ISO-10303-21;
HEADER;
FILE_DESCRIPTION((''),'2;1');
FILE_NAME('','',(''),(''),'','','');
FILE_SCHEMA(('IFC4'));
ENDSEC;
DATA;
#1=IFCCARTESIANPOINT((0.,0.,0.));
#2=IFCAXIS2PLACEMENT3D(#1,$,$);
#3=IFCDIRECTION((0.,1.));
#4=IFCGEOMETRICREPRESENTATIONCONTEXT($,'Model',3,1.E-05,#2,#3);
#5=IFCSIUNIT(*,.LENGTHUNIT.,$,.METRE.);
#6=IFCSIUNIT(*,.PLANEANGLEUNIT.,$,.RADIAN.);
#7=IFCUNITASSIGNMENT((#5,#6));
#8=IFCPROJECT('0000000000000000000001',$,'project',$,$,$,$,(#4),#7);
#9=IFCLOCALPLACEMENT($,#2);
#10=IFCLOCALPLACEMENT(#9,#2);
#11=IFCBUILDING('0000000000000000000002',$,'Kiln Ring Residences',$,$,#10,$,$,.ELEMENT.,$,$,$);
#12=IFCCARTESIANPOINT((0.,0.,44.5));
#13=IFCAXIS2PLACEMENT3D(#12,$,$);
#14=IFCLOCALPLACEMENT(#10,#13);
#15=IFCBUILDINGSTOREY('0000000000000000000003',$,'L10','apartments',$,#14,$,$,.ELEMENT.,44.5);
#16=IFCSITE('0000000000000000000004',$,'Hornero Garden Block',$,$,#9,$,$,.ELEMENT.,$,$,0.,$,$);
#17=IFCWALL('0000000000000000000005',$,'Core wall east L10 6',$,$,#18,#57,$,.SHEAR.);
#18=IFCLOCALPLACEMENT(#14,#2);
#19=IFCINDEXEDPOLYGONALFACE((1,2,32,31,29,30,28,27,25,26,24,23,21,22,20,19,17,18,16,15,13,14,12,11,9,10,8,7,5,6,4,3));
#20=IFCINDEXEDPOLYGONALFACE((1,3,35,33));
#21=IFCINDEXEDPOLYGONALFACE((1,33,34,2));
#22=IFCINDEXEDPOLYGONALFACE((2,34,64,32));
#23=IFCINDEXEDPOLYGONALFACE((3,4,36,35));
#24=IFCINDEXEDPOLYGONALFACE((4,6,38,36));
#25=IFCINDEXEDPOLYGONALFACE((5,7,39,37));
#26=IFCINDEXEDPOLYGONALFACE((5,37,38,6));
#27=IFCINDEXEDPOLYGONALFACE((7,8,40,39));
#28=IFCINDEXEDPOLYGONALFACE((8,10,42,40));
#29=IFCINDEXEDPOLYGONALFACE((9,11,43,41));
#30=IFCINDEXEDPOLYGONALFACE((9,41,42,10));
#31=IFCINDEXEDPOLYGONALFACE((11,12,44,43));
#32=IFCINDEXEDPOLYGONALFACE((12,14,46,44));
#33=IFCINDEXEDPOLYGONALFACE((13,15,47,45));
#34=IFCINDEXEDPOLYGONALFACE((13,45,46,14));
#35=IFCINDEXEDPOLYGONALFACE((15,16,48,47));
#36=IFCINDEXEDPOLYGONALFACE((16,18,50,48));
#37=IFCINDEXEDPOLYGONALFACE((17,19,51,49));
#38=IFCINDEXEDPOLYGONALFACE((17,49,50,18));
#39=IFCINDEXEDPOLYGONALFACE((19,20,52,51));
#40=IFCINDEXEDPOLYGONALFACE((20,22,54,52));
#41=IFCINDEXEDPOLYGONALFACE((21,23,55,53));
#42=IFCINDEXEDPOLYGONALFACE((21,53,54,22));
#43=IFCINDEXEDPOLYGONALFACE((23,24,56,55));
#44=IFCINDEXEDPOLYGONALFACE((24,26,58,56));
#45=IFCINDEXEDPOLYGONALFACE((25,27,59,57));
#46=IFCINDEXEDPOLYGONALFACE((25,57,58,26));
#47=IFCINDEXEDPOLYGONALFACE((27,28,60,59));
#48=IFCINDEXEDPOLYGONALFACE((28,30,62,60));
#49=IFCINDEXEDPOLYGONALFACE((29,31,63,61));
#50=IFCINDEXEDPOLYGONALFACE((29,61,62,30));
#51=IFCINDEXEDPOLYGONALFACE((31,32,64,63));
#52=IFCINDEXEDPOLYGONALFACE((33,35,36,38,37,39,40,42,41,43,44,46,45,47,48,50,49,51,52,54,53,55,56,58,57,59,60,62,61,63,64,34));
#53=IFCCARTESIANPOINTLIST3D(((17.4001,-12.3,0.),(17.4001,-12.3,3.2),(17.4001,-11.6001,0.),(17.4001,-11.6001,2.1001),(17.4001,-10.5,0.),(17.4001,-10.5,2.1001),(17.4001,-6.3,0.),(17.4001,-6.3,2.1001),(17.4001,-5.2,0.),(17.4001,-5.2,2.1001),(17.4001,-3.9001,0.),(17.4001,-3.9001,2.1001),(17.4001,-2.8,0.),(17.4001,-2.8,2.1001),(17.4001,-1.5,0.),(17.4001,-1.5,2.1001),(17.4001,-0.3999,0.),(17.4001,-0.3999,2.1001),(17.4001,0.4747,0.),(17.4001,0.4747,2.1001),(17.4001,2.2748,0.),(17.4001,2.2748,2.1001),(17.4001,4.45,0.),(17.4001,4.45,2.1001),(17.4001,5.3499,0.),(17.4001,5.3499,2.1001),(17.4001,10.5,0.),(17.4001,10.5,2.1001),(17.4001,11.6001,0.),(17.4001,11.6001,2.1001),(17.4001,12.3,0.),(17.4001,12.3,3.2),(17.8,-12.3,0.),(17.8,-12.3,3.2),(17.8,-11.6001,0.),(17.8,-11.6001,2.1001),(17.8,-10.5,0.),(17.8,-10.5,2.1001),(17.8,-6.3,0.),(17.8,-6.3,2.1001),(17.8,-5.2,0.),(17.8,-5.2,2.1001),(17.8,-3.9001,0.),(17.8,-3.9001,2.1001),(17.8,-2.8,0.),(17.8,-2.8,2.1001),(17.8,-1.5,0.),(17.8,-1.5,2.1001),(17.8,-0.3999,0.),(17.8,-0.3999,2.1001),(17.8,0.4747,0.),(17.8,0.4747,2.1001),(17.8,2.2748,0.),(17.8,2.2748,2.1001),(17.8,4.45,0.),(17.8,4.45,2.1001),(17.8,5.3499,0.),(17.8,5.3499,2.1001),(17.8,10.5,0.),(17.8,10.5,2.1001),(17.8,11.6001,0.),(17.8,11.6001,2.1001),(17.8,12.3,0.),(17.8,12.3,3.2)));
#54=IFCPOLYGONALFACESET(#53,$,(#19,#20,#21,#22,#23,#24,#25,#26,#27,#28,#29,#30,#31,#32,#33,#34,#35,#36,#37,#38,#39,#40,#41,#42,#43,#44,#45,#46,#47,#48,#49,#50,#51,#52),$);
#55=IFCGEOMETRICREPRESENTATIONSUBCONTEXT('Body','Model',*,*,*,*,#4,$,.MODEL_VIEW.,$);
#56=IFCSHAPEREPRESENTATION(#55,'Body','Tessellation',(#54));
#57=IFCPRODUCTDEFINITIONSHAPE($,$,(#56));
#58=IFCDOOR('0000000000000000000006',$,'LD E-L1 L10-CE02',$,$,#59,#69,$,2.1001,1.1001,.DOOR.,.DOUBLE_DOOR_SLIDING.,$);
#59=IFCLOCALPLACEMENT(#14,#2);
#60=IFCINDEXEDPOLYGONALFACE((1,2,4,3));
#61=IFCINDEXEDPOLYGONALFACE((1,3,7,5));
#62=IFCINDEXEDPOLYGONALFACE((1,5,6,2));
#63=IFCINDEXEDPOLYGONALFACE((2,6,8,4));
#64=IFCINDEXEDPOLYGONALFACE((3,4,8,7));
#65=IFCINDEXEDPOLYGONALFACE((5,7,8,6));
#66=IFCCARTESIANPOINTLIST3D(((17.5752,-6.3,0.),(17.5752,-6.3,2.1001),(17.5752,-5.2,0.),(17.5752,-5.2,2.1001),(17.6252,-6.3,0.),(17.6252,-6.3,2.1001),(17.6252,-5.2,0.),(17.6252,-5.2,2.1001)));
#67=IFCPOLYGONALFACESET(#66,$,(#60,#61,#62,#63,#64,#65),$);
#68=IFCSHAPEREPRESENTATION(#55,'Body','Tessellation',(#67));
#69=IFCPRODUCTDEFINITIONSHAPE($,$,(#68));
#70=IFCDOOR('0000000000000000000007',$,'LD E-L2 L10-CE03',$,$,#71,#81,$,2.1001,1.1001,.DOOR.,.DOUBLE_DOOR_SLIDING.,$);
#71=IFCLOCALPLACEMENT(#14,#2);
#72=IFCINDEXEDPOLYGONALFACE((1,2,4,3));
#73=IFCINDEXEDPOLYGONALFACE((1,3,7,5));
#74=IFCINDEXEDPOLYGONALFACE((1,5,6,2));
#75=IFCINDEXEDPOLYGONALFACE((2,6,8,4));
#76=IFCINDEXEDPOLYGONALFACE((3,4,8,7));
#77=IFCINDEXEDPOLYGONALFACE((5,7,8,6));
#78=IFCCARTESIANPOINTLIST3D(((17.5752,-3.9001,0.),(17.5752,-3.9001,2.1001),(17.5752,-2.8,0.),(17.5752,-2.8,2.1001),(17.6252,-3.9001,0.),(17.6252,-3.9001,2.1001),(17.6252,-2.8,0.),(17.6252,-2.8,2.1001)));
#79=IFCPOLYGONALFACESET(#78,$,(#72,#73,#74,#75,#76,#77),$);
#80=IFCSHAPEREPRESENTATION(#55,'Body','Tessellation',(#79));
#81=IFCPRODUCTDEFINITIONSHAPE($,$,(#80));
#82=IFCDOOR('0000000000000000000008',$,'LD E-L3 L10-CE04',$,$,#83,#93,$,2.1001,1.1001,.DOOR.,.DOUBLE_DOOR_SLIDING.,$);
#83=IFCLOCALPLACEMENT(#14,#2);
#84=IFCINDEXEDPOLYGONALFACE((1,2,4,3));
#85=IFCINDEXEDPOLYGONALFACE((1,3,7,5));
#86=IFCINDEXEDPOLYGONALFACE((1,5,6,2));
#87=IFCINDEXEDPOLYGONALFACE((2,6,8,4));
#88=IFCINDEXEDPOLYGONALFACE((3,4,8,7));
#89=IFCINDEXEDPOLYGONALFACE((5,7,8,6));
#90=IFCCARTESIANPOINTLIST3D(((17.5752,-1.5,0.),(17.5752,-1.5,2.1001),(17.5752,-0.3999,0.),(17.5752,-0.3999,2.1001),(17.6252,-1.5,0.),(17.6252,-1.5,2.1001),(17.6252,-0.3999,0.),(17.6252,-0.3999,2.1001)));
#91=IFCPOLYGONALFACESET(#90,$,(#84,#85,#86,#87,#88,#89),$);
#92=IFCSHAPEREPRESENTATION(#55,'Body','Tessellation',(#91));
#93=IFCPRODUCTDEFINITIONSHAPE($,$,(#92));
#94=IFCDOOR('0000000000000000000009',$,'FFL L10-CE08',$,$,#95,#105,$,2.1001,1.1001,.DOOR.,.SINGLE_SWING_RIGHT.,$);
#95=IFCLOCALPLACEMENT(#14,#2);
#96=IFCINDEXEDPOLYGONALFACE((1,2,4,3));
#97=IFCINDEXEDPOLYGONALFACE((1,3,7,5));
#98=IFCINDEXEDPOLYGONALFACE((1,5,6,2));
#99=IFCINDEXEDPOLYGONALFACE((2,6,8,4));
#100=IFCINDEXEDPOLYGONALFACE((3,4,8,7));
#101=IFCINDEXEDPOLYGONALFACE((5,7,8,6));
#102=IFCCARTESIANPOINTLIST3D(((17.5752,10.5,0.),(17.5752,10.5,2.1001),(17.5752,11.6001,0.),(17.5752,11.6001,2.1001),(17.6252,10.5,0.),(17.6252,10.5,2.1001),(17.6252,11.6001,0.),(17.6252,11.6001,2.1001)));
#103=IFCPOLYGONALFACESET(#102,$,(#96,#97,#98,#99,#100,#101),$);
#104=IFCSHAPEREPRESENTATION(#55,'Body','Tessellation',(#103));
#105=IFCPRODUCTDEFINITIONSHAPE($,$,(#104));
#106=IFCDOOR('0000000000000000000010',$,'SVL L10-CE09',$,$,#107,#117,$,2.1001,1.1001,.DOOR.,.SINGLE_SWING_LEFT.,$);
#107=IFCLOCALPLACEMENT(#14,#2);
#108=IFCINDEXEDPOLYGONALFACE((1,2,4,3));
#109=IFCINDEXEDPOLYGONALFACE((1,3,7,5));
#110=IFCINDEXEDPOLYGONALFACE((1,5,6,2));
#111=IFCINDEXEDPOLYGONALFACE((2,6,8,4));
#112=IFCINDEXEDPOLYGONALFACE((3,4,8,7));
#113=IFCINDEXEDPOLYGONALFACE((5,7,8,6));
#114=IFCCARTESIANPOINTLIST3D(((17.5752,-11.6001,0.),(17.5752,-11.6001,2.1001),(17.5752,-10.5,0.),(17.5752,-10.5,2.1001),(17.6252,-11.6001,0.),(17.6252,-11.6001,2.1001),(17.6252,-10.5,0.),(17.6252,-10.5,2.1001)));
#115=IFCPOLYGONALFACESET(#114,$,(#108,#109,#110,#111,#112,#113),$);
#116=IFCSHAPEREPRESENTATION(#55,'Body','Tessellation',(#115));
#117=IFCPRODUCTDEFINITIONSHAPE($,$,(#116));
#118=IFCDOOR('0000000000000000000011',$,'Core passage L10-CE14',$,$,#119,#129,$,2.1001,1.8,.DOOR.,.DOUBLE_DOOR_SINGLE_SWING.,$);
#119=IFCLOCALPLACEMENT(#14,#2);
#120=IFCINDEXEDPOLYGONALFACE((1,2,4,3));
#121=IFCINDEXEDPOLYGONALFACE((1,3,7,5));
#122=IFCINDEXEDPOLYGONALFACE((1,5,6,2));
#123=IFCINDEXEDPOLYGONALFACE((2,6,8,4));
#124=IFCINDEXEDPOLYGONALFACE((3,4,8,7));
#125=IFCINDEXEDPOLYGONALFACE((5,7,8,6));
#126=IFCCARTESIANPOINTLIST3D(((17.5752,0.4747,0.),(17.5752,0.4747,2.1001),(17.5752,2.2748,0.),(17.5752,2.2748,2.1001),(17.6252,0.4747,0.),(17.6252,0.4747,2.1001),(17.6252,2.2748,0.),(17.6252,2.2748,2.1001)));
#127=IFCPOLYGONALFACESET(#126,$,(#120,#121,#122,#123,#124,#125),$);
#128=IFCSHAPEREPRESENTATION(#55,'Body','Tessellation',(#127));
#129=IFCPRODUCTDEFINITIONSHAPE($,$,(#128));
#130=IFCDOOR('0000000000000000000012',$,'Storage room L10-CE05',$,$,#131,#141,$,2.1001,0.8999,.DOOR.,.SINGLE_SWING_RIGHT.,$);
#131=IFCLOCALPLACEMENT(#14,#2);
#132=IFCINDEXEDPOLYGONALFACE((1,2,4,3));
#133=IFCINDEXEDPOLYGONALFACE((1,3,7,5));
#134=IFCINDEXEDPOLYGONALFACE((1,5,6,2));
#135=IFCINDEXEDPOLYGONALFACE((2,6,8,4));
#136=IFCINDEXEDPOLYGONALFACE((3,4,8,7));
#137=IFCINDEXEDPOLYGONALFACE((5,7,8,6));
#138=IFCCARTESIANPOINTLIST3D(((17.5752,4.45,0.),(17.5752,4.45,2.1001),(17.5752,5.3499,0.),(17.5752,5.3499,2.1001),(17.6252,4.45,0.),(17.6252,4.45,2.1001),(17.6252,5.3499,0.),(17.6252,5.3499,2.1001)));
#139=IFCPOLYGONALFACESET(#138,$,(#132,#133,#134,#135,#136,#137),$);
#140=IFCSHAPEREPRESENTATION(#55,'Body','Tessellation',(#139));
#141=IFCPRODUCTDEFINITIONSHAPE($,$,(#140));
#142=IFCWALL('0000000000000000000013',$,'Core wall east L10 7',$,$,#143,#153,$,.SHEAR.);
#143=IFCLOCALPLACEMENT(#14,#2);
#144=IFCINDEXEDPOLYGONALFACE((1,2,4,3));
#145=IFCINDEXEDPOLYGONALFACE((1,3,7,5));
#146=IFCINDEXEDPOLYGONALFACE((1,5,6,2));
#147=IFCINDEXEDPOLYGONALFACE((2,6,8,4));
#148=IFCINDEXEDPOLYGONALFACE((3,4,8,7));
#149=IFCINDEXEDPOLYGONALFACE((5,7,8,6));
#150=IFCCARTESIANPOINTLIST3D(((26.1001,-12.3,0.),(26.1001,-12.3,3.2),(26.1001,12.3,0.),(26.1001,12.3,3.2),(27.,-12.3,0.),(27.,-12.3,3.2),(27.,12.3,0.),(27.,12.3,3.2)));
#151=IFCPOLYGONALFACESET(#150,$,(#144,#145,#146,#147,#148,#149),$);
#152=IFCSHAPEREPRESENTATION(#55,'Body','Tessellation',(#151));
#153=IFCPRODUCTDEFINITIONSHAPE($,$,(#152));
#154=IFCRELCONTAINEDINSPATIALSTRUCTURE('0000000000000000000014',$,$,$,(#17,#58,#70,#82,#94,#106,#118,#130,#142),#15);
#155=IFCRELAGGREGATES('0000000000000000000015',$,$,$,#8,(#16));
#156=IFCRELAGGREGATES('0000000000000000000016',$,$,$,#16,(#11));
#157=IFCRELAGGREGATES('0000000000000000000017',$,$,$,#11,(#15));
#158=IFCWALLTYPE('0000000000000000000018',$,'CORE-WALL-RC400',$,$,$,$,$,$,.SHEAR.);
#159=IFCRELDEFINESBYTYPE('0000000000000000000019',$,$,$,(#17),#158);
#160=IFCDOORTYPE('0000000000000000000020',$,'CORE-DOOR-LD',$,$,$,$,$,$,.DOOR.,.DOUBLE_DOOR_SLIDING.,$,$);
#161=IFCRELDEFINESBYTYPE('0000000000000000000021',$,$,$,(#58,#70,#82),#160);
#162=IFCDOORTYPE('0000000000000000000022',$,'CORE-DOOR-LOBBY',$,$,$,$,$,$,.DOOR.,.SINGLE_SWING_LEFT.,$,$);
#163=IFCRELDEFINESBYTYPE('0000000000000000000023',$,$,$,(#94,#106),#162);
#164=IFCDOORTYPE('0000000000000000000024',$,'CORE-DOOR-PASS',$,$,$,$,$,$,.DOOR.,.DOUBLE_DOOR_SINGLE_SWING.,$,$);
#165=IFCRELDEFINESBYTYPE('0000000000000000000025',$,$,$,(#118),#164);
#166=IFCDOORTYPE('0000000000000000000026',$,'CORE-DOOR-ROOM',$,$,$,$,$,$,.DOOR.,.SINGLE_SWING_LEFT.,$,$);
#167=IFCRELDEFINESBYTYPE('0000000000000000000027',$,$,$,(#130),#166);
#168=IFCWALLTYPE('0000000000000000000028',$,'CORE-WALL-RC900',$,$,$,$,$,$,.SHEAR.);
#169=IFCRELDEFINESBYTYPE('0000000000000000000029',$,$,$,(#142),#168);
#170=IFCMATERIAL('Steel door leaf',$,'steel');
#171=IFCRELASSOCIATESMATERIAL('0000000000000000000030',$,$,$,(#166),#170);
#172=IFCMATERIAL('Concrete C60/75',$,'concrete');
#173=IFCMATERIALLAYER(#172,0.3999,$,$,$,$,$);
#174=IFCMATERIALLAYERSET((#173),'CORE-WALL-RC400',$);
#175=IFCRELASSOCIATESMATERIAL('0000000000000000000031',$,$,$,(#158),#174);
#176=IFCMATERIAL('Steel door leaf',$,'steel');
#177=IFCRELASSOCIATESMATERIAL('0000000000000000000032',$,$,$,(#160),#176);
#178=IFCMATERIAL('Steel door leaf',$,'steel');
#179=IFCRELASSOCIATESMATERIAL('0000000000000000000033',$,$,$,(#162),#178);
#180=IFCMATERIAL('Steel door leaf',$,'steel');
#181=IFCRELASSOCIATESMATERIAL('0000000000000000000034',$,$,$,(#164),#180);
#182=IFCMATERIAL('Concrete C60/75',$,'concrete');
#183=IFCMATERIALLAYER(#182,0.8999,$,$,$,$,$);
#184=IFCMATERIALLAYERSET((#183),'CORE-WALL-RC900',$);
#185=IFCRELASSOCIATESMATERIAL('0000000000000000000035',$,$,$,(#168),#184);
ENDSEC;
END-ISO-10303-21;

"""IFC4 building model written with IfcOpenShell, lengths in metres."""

from ifc_helpers import new_model, si_unit, direction, frame, frame_2d, origin, place, context, subcontext, project, spatial, rectangle, extrude, material, layer, layer_set, type_object, element, fill, save


model = new_model("IFC4")

# Units and contexts
model_context = context("Model", 3, precision=1e-05, world=origin(), true_north=direction((0.0, 1.0)))
body_context = subcontext(model_context, "Body", "Model", "MODEL_VIEW")
ifc_project = project(units=[si_unit("LENGTHUNIT", "METRE"), si_unit("PLANEANGLEUNIT", "RADIAN")], contexts=[model_context])

# Site, building, storey
site_placement = place(None, origin())
site = spatial("IfcSite", under=ifc_project, at=site_placement, Name="Hornero Garden Block", CompositionType="ELEMENT", RefElevation=0.0)
building_placement = place(site_placement, origin())
building = spatial("IfcBuilding", under=site, at=building_placement, Name="Kiln Ring Residences", CompositionType="ELEMENT")
storey_placement = place(building_placement, frame((0.0, 0.0, 44.5)))
storey = spatial("IfcBuildingStorey", under=building, at=storey_placement, Name="L10", Description="apartments", CompositionType="ELEMENT", Elevation=44.5)

# Shared definitions
ifc_material_1 = material(Name="Steel door leaf", Category="steel")
door_type_1 = type_object("IfcDoorType", Name="CORE-DOOR-ROOM", OperationType="SINGLE_SWING_LEFT", PredefinedType="DOOR", material=ifc_material_1)

# Wall, openings, doors
ifc_material_2 = material(Name="Concrete C60/75", Category="concrete")
ifc_layer_1 = layer(ifc_material_2, 0.3999)
ifc_layer_set_1 = layer_set([ifc_layer_1], Name="CORE-WALL-RC400")
wall_type_1 = type_object("IfcWallType", Name="CORE-WALL-RC400", PredefinedType="SHEAR", material=ifc_layer_set_1)
wall_1_placement = place(storey_placement, frame((17.6001, -12.3, 0.0), z_axis=(0.0, 0.0, 1.0), x_axis=(0.0, 1.0, 0.0)))
wall_1 = element("IfcWall", 1, at=wall_1_placement, inside=storey, type_object=wall_type_1, Name="Core wall east L10 6", PredefinedType="SHEAR", context=body_context, shape_type="SweptSolid", body=[
    extrude(rectangle(XDim=24.6001, YDim=0.3999, at=frame_2d((12.3, 0.0))), origin(), (0.0, 0.0, 1.0), 3.2),
])
opening_1_placement = place(wall_1_placement, frame((6.0, 0.0, 0.0)))
opening_1 = element("IfcOpeningElement", 2, at=opening_1_placement, cuts=wall_1, PredefinedType="OPENING", context=body_context, shape_type="SweptSolid", body=[
    extrude(rectangle(XDim=1.1001, YDim=2.1001, at=frame_2d((0.55, 1.05))), frame((0.0, 0.21, 0.0), z_axis=(0.0, -1.0, 0.0), x_axis=(1.0, 0.0, 0.0)), (0.0, 0.0, 1.0), 0.4199),
])
opening_2_placement = place(wall_1_placement, frame((8.3999, 0.0, 0.0)))
opening_2 = element("IfcOpeningElement", 3, at=opening_2_placement, cuts=wall_1, PredefinedType="OPENING", context=body_context, shape_type="SweptSolid", body=[
    extrude(rectangle(XDim=1.1001, YDim=2.1001, at=frame_2d((0.55, 1.05))), frame((0.0, 0.21, 0.0), z_axis=(0.0, -1.0, 0.0), x_axis=(1.0, 0.0, 0.0)), (0.0, 0.0, 1.0), 0.4199),
])
opening_3_placement = place(wall_1_placement, frame((10.8, 0.0, 0.0)))
opening_3 = element("IfcOpeningElement", 4, at=opening_3_placement, cuts=wall_1, PredefinedType="OPENING", context=body_context, shape_type="SweptSolid", body=[
    extrude(rectangle(XDim=1.1001, YDim=2.1001, at=frame_2d((0.55, 1.05))), frame((0.0, 0.21, 0.0), z_axis=(0.0, -1.0, 0.0), x_axis=(1.0, 0.0, 0.0)), (0.0, 0.0, 1.0), 0.4199),
])
opening_4_placement = place(wall_1_placement, frame((16.75, 0.0, 0.0)))
opening_4 = element("IfcOpeningElement", 5, at=opening_4_placement, cuts=wall_1, PredefinedType="OPENING", context=body_context, shape_type="SweptSolid", body=[
    extrude(rectangle(XDim=0.8999, YDim=2.1001, at=frame_2d((0.45, 1.05))), frame((0.0, 0.21, 0.0), z_axis=(0.0, -1.0, 0.0), x_axis=(1.0, 0.0, 0.0)), (0.0, 0.0, 1.0), 0.4199),
])
opening_5_placement = place(wall_1_placement, frame((22.8, 0.0, 0.0)))
opening_5 = element("IfcOpeningElement", 6, at=opening_5_placement, cuts=wall_1, PredefinedType="OPENING", context=body_context, shape_type="SweptSolid", body=[
    extrude(rectangle(XDim=1.1001, YDim=2.1001, at=frame_2d((0.55, 1.05))), frame((0.0, 0.21, 0.0), z_axis=(0.0, -1.0, 0.0), x_axis=(1.0, 0.0, 0.0)), (0.0, 0.0, 1.0), 0.4199),
])
opening_6_placement = place(wall_1_placement, frame((0.7, 0.0, 0.0)))
opening_6 = element("IfcOpeningElement", 7, at=opening_6_placement, cuts=wall_1, PredefinedType="OPENING", context=body_context, shape_type="SweptSolid", body=[
    extrude(rectangle(XDim=1.1001, YDim=2.1001, at=frame_2d((0.55, 1.05))), frame((0.0, 0.21, 0.0), z_axis=(0.0, -1.0, 0.0), x_axis=(1.0, 0.0, 0.0)), (0.0, 0.0, 1.0), 0.4199),
])
opening_7_placement = place(wall_1_placement, frame((12.7749, 0.0, 0.0)))
opening_7 = element("IfcOpeningElement", 8, at=opening_7_placement, cuts=wall_1, PredefinedType="OPENING", context=body_context, shape_type="SweptSolid", body=[
    extrude(rectangle(XDim=1.8, YDim=2.1001, at=frame_2d((0.8999, 1.05))), frame((0.0, 0.21, 0.0), z_axis=(0.0, -1.0, 0.0), x_axis=(1.0, 0.0, 0.0)), (0.0, 0.0, 1.0), 0.4199),
])
ifc_material_3 = material(Name="Steel door leaf", Category="steel")
door_type_2 = type_object("IfcDoorType", Name="CORE-DOOR-LD", OperationType="DOUBLE_DOOR_SLIDING", PredefinedType="DOOR", material=ifc_material_3)
door_1_placement = place(opening_1_placement, origin())
door_1 = element("IfcDoor", 9, at=door_1_placement, inside=storey, type_object=door_type_2, Name="LD E-L1 L10-CE02", OperationType="DOUBLE_DOOR_SLIDING", OverallHeight=2.1001, OverallWidth=1.1001, PredefinedType="DOOR", context=body_context, shape_type="SweptSolid", body=[
    extrude(rectangle(XDim=1.1001, YDim=2.1001, at=frame_2d((0.55, 1.05))), frame((0.0, 0.0249, 0.0), z_axis=(0.0, -1.0, 0.0), x_axis=(1.0, 0.0, 0.0)), (0.0, 0.0, 1.0), 0.05),
])
fill(opening_1, door_1)
door_2_placement = place(opening_2_placement, origin())
door_2 = element("IfcDoor", 10, at=door_2_placement, inside=storey, type_object=door_type_2, Name="LD E-L2 L10-CE03", OperationType="DOUBLE_DOOR_SLIDING", OverallHeight=2.1001, OverallWidth=1.1001, PredefinedType="DOOR", context=body_context, shape_type="SweptSolid", body=[
    extrude(rectangle(XDim=1.1001, YDim=2.1001, at=frame_2d((0.55, 1.05))), frame((0.0, 0.0249, 0.0), z_axis=(0.0, -1.0, 0.0), x_axis=(1.0, 0.0, 0.0)), (0.0, 0.0, 1.0), 0.05),
])
fill(opening_2, door_2)
door_3_placement = place(opening_3_placement, origin())
door_3 = element("IfcDoor", 11, at=door_3_placement, inside=storey, type_object=door_type_2, Name="LD E-L3 L10-CE04", OperationType="DOUBLE_DOOR_SLIDING", OverallHeight=2.1001, OverallWidth=1.1001, PredefinedType="DOOR", context=body_context, shape_type="SweptSolid", body=[
    extrude(rectangle(XDim=1.1001, YDim=2.1001, at=frame_2d((0.55, 1.05))), frame((0.0, 0.0249, 0.0), z_axis=(0.0, -1.0, 0.0), x_axis=(1.0, 0.0, 0.0)), (0.0, 0.0, 1.0), 0.05),
])
fill(opening_3, door_3)
ifc_material_4 = material(Name="Steel door leaf", Category="steel")
door_type_3 = type_object("IfcDoorType", Name="CORE-DOOR-LOBBY", OperationType="SINGLE_SWING_LEFT", PredefinedType="DOOR", material=ifc_material_4)
door_4_placement = place(opening_5_placement, origin())
door_4 = element("IfcDoor", 12, at=door_4_placement, inside=storey, type_object=door_type_3, Name="FFL L10-CE08", OperationType="SINGLE_SWING_RIGHT", OverallHeight=2.1001, OverallWidth=1.1001, PredefinedType="DOOR", context=body_context, shape_type="SweptSolid", body=[
    extrude(rectangle(XDim=1.1001, YDim=2.1001, at=frame_2d((0.55, 1.05))), frame((0.0, 0.0249, 0.0), z_axis=(0.0, -1.0, 0.0), x_axis=(1.0, 0.0, 0.0)), (0.0, 0.0, 1.0), 0.05),
])
fill(opening_5, door_4)
door_5_placement = place(opening_6_placement, origin())
door_5 = element("IfcDoor", 13, at=door_5_placement, inside=storey, type_object=door_type_3, Name="SVL L10-CE09", OperationType="SINGLE_SWING_LEFT", OverallHeight=2.1001, OverallWidth=1.1001, PredefinedType="DOOR", context=body_context, shape_type="SweptSolid", body=[
    extrude(rectangle(XDim=1.1001, YDim=2.1001, at=frame_2d((0.55, 1.05))), frame((0.0, 0.0249, 0.0), z_axis=(0.0, -1.0, 0.0), x_axis=(1.0, 0.0, 0.0)), (0.0, 0.0, 1.0), 0.05),
])
fill(opening_6, door_5)
ifc_material_5 = material(Name="Steel door leaf", Category="steel")
door_type_4 = type_object("IfcDoorType", Name="CORE-DOOR-PASS", OperationType="DOUBLE_DOOR_SINGLE_SWING", PredefinedType="DOOR", material=ifc_material_5)
door_6_placement = place(opening_7_placement, origin())
door_6 = element("IfcDoor", 14, at=door_6_placement, inside=storey, type_object=door_type_4, Name="Core passage L10-CE14", OperationType="DOUBLE_DOOR_SINGLE_SWING", OverallHeight=2.1001, OverallWidth=1.8, PredefinedType="DOOR", context=body_context, shape_type="SweptSolid", body=[
    extrude(rectangle(XDim=1.8, YDim=2.1001, at=frame_2d((0.8999, 1.05))), frame((0.0, 0.0249, 0.0), z_axis=(0.0, -1.0, 0.0), x_axis=(1.0, 0.0, 0.0)), (0.0, 0.0, 1.0), 0.05),
])
fill(opening_7, door_6)
door_7_placement = place(opening_4_placement, origin())
door_7 = element("IfcDoor", 15, at=door_7_placement, inside=storey, type_object=door_type_1, Name="Storage room L10-CE05", OperationType="SINGLE_SWING_RIGHT", OverallHeight=2.1001, OverallWidth=0.8999, PredefinedType="DOOR", context=body_context, shape_type="SweptSolid", body=[
    extrude(rectangle(XDim=0.8999, YDim=2.1001, at=frame_2d((0.45, 1.05))), frame((0.0, 0.0249, 0.0), z_axis=(0.0, -1.0, 0.0), x_axis=(1.0, 0.0, 0.0)), (0.0, 0.0, 1.0), 0.05),
])
fill(opening_4, door_7)

# Wall
ifc_material_6 = material(Name="Concrete C60/75", Category="concrete")
ifc_layer_2 = layer(ifc_material_6, 0.8999)
ifc_layer_set_2 = layer_set([ifc_layer_2], Name="CORE-WALL-RC900")
wall_type_2 = type_object("IfcWallType", Name="CORE-WALL-RC900", PredefinedType="SHEAR", material=ifc_layer_set_2)
wall_2_placement = place(storey_placement, frame((26.55, -12.3, 0.0), z_axis=(0.0, 0.0, 1.0), x_axis=(0.0, 1.0, 0.0)))
element("IfcWall", 16, at=wall_2_placement, inside=storey, type_object=wall_type_2, Name="Core wall east L10 7", PredefinedType="SHEAR", context=body_context, shape_type="SweptSolid", body=[
    extrude(rectangle(XDim=24.6001, YDim=0.8999, at=frame_2d((12.3, 0.0))), origin(), (0.0, 0.0, 1.0), 3.2),
])

save(model, "model.ifc")
